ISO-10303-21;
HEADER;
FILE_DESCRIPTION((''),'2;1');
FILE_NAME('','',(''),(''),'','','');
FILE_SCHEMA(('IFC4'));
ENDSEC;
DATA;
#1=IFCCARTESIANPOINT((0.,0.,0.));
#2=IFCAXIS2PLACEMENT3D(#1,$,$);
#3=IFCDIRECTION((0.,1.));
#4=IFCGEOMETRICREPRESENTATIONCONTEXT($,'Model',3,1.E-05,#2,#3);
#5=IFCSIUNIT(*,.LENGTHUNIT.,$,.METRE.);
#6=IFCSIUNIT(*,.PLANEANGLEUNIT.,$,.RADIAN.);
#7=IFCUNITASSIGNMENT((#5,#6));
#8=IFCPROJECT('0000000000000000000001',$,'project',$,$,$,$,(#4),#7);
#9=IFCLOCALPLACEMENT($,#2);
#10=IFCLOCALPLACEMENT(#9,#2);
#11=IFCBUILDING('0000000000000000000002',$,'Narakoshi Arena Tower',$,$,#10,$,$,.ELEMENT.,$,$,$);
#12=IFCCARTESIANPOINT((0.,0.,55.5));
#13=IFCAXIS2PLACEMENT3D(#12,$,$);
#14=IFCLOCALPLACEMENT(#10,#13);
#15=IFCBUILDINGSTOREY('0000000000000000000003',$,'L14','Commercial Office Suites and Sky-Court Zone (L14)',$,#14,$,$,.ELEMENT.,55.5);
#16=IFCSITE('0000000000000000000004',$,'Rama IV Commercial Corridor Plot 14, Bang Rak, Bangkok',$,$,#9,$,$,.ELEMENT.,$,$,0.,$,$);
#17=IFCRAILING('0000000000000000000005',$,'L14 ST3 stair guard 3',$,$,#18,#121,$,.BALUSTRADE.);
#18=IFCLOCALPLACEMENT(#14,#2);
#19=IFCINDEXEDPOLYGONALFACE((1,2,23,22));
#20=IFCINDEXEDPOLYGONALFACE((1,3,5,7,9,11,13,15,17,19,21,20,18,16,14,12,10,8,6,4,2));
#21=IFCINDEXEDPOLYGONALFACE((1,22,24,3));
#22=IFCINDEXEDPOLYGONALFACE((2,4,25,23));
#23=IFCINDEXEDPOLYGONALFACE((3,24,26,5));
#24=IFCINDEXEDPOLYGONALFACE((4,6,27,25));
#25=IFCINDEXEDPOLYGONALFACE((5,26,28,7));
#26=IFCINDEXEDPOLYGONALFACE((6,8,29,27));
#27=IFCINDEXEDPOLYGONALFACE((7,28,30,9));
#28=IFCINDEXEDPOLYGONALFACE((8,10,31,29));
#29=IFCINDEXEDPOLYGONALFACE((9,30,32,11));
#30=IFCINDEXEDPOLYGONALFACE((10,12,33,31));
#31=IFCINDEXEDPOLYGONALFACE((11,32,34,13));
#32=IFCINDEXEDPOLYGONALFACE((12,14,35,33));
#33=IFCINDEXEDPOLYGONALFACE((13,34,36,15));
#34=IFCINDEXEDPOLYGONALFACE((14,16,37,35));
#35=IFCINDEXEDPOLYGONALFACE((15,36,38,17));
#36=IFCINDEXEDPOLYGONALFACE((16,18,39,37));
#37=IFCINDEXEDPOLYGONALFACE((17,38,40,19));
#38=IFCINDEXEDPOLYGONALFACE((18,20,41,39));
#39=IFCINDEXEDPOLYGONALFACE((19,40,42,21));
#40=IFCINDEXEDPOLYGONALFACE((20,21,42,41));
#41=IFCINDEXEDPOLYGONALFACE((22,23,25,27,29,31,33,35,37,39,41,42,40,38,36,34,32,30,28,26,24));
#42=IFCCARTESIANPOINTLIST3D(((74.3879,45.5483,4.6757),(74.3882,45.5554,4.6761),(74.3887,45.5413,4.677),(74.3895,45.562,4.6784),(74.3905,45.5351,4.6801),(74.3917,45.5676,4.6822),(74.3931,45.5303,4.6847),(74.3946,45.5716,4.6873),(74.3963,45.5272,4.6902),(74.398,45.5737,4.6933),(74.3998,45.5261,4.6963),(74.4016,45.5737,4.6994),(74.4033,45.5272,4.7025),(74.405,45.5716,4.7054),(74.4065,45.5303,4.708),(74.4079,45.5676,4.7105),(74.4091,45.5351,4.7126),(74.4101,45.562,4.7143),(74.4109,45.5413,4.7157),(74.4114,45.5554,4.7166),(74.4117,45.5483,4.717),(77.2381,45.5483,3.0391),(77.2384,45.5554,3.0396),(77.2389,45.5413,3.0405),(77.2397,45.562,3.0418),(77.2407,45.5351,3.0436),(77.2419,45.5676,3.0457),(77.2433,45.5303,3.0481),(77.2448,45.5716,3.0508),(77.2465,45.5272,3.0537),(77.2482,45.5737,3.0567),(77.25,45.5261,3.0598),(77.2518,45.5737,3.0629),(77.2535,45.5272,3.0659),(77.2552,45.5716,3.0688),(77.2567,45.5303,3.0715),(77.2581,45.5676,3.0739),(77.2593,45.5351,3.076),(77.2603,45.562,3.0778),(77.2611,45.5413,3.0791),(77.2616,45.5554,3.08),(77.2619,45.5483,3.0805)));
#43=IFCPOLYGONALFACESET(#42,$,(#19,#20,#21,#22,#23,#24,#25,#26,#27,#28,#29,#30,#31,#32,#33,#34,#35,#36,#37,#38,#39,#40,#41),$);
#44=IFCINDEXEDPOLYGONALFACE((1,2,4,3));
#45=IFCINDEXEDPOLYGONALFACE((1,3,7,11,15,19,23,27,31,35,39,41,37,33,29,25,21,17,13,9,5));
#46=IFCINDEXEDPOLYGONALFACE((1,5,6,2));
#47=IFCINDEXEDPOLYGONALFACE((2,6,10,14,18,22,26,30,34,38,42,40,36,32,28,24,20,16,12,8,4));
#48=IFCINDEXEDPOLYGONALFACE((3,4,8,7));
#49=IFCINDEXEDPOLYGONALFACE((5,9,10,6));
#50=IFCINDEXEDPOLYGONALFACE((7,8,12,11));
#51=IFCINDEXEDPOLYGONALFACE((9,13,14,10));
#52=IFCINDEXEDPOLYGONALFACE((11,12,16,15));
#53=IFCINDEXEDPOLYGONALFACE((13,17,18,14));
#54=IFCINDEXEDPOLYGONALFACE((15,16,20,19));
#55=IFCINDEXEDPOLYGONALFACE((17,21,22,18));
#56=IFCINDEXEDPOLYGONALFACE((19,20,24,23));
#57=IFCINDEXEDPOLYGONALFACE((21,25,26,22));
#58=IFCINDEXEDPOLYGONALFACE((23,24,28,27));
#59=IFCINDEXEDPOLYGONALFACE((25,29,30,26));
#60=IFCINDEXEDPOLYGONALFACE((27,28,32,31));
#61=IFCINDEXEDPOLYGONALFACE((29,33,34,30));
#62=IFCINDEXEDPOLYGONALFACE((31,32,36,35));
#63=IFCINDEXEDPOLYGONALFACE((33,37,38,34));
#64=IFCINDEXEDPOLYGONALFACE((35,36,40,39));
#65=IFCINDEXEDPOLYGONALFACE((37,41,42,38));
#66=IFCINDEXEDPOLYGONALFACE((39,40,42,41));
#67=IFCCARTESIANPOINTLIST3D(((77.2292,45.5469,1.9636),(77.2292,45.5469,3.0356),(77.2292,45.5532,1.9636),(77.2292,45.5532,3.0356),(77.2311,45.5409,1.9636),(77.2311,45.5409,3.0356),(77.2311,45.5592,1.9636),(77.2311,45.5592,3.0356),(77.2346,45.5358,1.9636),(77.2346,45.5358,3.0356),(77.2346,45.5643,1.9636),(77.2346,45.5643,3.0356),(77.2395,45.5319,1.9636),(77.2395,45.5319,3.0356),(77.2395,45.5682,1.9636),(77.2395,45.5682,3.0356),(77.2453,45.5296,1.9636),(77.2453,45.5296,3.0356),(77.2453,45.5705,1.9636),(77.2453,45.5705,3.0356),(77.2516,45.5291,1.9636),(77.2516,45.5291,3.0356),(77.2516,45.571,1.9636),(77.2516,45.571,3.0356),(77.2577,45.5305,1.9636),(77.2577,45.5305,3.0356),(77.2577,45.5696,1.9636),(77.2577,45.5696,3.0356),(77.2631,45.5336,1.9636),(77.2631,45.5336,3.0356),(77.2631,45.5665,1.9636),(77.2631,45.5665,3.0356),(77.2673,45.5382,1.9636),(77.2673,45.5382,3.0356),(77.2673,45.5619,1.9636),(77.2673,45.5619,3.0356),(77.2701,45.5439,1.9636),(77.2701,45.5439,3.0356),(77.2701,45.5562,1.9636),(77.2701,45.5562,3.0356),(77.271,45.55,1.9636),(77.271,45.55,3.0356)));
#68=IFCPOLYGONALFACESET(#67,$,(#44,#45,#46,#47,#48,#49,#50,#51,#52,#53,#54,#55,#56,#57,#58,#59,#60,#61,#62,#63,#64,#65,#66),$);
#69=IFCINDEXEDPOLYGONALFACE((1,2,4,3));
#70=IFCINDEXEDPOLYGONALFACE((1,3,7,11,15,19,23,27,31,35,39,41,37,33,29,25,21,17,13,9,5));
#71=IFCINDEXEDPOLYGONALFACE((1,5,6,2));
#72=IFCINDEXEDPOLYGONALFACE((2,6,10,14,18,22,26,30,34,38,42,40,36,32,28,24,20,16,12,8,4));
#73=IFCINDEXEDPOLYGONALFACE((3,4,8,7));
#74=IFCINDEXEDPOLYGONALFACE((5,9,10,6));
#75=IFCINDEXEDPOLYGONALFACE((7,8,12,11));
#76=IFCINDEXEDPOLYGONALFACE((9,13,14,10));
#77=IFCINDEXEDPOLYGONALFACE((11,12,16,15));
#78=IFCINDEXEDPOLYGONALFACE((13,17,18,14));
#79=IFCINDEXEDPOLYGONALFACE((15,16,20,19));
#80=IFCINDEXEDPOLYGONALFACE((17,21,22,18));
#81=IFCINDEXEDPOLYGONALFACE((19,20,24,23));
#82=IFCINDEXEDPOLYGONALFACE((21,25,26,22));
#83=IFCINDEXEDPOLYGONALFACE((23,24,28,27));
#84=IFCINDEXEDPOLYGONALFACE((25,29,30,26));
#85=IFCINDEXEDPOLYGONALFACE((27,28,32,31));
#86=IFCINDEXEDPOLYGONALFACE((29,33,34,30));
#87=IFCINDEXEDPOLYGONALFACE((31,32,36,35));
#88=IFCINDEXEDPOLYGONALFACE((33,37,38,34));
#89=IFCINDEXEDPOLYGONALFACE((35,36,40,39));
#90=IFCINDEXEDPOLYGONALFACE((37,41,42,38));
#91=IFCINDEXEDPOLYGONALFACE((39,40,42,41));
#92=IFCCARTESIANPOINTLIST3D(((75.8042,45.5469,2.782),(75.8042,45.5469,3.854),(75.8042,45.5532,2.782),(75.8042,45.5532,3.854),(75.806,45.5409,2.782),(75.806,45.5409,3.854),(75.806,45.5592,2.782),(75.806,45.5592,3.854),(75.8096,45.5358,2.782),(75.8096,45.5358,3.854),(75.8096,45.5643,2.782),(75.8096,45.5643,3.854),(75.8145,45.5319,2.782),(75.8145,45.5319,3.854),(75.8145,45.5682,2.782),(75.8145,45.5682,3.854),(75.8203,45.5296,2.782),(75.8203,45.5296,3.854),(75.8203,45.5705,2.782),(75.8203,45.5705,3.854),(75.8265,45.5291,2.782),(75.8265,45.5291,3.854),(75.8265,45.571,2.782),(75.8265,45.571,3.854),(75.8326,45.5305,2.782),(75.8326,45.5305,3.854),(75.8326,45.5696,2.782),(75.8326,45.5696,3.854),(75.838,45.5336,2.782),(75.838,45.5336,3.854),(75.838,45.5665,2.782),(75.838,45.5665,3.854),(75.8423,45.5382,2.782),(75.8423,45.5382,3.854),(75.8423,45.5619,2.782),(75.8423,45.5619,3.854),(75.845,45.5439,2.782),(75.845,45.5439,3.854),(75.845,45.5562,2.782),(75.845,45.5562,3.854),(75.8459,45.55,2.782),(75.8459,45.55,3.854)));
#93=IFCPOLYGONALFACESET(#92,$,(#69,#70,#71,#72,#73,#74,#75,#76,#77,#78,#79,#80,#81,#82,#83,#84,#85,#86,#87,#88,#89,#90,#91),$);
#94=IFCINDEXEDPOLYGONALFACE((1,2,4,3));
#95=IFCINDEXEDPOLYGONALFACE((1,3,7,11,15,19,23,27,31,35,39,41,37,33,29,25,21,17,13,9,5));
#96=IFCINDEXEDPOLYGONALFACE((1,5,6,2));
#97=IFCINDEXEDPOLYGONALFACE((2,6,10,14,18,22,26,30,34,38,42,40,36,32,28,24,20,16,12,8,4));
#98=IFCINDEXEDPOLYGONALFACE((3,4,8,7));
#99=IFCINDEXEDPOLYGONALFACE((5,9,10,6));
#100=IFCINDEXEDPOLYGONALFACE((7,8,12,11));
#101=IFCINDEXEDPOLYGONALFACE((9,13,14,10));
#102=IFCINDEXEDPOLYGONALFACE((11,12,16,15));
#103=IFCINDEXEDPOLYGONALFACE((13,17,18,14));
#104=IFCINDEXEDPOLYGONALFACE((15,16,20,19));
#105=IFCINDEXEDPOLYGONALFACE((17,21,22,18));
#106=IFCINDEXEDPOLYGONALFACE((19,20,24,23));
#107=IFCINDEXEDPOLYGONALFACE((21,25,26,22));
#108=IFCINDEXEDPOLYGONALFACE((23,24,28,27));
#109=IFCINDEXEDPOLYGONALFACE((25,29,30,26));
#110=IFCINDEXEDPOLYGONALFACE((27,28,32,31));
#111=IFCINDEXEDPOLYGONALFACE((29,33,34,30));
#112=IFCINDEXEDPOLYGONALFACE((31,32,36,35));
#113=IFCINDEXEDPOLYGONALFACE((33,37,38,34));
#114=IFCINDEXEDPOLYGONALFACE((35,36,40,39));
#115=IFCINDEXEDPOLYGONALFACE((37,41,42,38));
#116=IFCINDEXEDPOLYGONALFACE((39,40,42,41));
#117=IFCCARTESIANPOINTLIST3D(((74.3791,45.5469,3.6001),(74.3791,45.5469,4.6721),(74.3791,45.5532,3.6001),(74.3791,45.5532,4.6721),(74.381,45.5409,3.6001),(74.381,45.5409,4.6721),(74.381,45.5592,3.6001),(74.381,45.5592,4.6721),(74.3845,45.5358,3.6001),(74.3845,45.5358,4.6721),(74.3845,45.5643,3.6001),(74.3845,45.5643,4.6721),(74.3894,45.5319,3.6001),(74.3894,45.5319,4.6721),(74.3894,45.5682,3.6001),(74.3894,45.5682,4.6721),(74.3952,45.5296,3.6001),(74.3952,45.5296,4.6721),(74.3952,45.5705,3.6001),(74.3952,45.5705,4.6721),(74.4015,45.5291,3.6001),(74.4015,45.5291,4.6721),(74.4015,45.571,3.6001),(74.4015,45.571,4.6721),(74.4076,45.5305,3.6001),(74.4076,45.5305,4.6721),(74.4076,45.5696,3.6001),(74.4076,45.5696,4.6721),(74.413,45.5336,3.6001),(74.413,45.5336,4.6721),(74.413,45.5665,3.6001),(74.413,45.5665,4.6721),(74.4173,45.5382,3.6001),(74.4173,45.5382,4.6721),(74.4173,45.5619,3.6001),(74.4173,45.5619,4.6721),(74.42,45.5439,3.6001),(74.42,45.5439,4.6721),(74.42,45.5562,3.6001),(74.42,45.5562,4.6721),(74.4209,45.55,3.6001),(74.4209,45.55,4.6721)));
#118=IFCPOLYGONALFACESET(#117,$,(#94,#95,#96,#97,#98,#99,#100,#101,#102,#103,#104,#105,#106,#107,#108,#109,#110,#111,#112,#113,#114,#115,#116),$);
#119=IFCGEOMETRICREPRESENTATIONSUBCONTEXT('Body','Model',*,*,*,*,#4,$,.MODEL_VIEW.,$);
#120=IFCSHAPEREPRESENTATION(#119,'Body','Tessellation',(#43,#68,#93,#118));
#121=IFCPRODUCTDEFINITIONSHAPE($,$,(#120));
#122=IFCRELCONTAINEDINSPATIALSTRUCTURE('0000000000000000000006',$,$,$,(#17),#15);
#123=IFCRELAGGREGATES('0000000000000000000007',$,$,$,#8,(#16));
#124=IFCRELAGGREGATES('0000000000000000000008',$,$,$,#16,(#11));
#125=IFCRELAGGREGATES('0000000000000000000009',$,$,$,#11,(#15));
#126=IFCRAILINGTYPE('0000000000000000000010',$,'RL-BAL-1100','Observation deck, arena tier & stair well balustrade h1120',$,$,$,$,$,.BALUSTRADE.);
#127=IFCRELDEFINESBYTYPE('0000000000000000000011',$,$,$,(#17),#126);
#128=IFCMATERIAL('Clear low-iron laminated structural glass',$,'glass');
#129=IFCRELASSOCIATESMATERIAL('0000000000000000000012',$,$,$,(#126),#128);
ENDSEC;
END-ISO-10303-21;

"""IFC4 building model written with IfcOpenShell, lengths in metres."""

from ifc_helpers import new_model, si_unit, direction, frame, origin, origin_2d, place, context, subcontext, project, spatial, circle, extrude, material, type_object, element, save


model = new_model("IFC4")

# Units and contexts
model_context = context("Model", 3, precision=1e-05, world=origin(), true_north=direction((0.0, 1.0)))
body_context = subcontext(model_context, "Body", "Model", "MODEL_VIEW")
ifc_project = project(units=[si_unit("LENGTHUNIT", "METRE"), si_unit("PLANEANGLEUNIT", "RADIAN")], contexts=[model_context])

# Site, building, storey
site_placement = place(None, origin())
site = spatial("IfcSite", under=ifc_project, at=site_placement, Name="Rama IV Commercial Corridor Plot 14, Bang Rak, Bangkok", CompositionType="ELEMENT", RefElevation=0.0)
building_placement = place(site_placement, origin())
building = spatial("IfcBuilding", under=site, at=building_placement, Name="Narakoshi Arena Tower", CompositionType="ELEMENT")
storey_placement = place(building_placement, frame((0.0, 0.0, 55.5)))
storey = spatial("IfcBuildingStorey", under=building, at=storey_placement, Name="L14", Description="Commercial Office Suites and Sky-Court Zone (L14)", CompositionType="ELEMENT", Elevation=55.5)

# Railing
ifc_material_1 = material(Name="Clear low-iron laminated structural glass", Category="glass")
railing_type_1 = type_object("IfcRailingType", Name="RL-BAL-1100", Description="Observation deck, arena tier & stair well balustrade h1120", PredefinedType="BALUSTRADE", material=ifc_material_1)
railing_1_placement = place(storey_placement, frame((77.25, 45.55, 1.9636)))
element("IfcRailing", 1, at=railing_1_placement, inside=storey, type_object=railing_type_1, Name="L14 ST3 stair guard 3", PredefinedType="BALUSTRADE", context=body_context, shape_type="SweptSolid", body=[
    extrude(circle(Radius=0.0239, at=origin_2d()), frame((0.0, 0.0, 1.0962), z_axis=(-0.867213, 0.0, 0.497938), x_axis=(0.0, -1.0, 0.0)), (0.0, 0.0, 1.0), 3.2866),
    extrude(circle(Radius=0.021, at=origin_2d()), origin(), (0.0, 0.0, 1.0), 1.072),
    extrude(circle(Radius=0.021, at=origin_2d()), frame((-1.425, 0.0, 0.8184)), (0.0, 0.0, 1.0), 1.072),
    extrude(circle(Radius=0.021, at=origin_2d()), frame((-2.8501, 0.0, 1.6365)), (0.0, 0.0, 1.0), 1.072),
])

save(model, "model.ifc")
